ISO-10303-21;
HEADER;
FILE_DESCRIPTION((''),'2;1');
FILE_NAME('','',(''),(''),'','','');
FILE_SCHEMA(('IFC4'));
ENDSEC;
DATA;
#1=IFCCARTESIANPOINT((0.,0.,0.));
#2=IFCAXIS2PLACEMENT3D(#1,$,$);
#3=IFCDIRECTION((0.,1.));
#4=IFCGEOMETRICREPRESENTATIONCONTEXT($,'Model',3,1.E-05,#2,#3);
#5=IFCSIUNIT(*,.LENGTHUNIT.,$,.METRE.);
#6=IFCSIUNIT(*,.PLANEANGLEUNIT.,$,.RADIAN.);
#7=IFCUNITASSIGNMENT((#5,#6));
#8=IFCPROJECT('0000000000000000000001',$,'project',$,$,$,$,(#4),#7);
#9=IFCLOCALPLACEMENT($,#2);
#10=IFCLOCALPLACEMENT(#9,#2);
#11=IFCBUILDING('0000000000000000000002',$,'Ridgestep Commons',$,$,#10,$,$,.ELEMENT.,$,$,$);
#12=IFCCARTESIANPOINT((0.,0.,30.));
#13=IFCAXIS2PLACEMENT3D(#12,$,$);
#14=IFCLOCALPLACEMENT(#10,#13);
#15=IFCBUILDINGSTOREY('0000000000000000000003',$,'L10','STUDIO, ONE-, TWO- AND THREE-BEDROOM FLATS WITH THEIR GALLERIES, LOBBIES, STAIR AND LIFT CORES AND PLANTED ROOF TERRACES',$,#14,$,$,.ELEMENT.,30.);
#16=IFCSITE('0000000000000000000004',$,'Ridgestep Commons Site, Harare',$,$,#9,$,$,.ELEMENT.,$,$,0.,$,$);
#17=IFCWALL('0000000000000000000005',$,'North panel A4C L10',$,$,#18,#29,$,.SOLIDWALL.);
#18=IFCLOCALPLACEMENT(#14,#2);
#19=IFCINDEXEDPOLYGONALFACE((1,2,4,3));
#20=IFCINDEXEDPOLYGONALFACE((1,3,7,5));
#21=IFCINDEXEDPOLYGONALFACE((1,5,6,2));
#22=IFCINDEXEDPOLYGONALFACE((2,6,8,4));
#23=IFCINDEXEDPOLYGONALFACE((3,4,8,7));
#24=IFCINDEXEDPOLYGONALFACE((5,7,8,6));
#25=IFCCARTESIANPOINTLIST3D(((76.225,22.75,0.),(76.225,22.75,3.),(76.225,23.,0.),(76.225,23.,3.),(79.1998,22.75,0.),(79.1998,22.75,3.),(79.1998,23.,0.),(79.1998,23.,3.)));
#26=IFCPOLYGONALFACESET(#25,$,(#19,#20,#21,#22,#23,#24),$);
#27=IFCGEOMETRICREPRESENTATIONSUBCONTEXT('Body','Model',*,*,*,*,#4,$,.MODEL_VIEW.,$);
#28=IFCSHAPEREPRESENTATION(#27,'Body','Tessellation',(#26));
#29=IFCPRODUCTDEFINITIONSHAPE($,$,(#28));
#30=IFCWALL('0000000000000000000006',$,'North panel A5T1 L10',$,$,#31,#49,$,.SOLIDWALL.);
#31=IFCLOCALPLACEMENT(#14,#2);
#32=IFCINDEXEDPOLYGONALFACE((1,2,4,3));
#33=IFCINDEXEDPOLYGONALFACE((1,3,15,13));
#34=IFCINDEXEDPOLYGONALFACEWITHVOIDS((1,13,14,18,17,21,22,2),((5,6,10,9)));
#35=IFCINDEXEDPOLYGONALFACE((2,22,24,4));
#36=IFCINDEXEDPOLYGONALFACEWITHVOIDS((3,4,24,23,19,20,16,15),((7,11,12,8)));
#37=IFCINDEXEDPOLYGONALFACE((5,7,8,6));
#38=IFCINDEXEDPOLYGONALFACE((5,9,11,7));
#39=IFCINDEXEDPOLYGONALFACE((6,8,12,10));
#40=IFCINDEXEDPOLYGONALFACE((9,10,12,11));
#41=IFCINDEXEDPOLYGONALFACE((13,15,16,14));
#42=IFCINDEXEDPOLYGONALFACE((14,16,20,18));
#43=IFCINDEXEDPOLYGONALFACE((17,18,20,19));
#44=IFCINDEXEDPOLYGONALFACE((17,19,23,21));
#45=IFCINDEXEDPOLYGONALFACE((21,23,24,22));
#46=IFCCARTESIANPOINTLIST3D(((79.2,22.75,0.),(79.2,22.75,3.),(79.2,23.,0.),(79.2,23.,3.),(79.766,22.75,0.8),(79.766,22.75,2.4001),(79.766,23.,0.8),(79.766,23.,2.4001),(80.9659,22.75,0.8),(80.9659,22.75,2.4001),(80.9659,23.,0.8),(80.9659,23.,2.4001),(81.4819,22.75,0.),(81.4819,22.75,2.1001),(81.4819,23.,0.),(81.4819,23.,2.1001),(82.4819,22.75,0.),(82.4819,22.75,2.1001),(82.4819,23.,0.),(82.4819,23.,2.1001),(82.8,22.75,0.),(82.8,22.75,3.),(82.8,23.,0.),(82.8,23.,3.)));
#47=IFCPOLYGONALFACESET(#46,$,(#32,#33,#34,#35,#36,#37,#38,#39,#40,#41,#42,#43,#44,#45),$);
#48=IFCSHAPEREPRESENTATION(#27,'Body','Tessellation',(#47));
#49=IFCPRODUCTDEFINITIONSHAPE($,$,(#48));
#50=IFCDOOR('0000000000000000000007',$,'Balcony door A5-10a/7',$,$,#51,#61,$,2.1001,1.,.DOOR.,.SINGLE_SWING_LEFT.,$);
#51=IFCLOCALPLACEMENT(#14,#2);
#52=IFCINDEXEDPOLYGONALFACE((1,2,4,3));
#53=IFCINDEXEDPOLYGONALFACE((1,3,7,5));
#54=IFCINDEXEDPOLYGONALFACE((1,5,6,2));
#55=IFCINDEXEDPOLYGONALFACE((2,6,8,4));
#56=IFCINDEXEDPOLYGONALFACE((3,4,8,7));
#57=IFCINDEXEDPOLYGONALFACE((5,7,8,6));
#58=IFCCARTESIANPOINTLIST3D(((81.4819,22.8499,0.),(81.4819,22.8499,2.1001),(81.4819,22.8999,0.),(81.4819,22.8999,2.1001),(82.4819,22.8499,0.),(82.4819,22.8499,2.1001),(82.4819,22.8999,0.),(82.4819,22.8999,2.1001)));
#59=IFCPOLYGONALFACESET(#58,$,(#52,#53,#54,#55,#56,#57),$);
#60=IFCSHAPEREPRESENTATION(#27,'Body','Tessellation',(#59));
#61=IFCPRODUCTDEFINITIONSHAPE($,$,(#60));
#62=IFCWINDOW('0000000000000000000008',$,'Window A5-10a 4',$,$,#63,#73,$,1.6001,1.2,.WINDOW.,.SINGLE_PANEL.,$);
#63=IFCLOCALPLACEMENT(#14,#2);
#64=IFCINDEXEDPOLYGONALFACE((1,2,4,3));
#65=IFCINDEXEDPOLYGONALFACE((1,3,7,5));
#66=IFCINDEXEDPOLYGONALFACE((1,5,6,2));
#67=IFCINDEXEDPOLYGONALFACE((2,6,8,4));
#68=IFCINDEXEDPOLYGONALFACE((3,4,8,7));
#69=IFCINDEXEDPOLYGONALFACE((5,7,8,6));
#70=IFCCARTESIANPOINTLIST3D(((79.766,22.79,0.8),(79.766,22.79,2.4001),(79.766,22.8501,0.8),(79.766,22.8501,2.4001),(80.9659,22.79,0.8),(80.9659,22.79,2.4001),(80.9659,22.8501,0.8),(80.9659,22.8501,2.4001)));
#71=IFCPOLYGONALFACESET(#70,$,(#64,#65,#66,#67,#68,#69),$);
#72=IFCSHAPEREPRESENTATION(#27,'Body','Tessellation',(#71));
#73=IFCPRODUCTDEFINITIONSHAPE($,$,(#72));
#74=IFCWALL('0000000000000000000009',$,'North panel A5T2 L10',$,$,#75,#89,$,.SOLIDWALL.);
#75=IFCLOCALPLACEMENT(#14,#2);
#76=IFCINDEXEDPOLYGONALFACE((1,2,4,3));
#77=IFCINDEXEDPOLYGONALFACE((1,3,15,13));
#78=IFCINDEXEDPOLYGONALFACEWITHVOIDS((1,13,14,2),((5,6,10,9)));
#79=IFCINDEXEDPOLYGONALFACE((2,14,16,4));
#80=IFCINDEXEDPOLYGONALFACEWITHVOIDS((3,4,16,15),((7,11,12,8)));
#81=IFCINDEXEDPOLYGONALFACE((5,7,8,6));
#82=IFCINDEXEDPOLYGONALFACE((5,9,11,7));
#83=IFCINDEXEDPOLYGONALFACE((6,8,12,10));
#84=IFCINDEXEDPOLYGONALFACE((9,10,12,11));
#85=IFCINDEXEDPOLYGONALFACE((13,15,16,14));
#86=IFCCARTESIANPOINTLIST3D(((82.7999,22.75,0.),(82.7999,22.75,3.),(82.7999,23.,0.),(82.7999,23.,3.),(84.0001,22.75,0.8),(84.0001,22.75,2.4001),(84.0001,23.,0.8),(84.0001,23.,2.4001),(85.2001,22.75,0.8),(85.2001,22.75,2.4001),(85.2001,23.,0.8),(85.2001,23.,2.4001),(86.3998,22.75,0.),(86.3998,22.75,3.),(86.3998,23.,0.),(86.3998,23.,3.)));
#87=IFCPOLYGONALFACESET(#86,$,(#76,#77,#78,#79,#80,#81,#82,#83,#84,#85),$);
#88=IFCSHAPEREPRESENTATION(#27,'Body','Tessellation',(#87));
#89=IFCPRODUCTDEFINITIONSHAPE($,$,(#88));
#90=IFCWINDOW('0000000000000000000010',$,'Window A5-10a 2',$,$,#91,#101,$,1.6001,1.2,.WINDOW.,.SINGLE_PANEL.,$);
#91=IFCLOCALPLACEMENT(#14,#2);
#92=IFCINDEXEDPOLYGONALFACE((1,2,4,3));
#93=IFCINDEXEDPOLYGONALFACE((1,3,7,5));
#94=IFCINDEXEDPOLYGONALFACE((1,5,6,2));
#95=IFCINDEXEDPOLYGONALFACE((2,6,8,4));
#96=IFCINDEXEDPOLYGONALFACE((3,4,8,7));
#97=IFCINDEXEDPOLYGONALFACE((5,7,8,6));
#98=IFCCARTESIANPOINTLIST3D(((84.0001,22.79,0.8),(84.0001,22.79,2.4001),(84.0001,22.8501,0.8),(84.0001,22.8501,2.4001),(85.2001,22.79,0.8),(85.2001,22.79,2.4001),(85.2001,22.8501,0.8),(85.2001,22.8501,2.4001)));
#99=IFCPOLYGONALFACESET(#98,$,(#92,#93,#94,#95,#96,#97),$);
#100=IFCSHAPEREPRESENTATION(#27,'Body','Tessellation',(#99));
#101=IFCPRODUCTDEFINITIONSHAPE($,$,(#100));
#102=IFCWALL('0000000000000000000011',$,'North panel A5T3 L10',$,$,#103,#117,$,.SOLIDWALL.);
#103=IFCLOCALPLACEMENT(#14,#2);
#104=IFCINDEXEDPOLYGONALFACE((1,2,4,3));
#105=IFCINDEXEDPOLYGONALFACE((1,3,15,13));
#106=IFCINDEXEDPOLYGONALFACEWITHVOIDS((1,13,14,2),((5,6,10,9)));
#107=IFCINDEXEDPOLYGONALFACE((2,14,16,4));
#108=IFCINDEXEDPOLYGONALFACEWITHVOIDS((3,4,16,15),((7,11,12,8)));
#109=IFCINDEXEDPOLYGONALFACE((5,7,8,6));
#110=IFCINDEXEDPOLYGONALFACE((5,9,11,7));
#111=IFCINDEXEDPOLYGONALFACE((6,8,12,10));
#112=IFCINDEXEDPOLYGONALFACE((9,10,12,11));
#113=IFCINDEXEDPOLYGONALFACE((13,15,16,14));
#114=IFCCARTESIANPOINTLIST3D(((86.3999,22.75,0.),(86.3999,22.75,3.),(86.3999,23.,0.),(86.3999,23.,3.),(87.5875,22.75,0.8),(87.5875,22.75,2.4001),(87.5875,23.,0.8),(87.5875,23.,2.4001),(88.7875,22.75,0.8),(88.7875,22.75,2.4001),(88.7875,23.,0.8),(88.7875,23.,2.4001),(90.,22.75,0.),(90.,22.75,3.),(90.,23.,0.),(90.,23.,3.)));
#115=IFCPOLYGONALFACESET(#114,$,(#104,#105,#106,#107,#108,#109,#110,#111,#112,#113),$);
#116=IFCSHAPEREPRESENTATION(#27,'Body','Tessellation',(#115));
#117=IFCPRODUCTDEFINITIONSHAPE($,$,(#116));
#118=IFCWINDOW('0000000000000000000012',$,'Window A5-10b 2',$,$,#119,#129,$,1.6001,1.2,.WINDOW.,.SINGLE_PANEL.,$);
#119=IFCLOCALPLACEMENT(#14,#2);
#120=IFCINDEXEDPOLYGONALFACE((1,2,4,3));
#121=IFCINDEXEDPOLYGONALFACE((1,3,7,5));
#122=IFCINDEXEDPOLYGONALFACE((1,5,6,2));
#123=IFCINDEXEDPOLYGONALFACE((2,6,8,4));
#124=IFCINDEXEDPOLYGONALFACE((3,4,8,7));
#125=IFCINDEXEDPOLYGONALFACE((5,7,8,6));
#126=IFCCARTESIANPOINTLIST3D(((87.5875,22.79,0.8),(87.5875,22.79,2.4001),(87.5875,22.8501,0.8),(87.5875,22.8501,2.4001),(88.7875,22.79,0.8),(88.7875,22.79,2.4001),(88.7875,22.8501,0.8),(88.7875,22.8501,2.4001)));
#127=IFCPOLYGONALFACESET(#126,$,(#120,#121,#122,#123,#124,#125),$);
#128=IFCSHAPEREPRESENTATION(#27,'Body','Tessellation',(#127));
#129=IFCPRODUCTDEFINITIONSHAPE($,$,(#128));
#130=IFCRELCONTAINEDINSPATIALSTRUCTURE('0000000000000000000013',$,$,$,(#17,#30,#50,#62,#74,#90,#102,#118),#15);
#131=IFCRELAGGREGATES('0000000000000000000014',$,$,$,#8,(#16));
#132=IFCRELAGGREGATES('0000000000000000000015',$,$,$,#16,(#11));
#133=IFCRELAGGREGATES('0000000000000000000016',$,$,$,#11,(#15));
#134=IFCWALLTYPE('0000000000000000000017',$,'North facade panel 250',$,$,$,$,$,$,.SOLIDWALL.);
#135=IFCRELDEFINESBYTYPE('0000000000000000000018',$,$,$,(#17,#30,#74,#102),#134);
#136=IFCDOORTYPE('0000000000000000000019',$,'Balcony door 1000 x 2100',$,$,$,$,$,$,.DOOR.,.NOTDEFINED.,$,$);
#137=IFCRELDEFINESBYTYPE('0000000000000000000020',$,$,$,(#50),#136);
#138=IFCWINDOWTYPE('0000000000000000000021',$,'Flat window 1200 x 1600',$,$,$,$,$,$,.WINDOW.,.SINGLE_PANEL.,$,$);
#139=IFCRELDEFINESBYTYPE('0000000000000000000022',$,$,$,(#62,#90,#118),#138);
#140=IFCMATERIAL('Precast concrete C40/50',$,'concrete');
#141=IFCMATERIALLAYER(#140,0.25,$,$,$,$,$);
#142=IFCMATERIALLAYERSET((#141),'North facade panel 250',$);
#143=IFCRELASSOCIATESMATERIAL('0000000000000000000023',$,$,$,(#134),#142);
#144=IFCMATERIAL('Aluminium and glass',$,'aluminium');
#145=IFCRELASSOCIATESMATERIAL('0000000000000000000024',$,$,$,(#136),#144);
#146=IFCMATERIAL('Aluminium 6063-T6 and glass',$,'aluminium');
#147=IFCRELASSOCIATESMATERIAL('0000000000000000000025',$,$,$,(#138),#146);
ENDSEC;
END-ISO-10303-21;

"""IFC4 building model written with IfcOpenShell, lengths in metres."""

from ifc_helpers import new_model, si_unit, direction, frame, frame_2d, origin, place, context, subcontext, project, spatial, rectangle, extrude, material, layer, layer_set, type_object, element, fill, save


model = new_model("IFC4")

# Units and contexts
model_context = context("Model", 3, precision=1e-05, world=origin(), true_north=direction((0.0, 1.0)))
body_context = subcontext(model_context, "Body", "Model", "MODEL_VIEW")
ifc_project = project(units=[si_unit("LENGTHUNIT", "METRE"), si_unit("PLANEANGLEUNIT", "RADIAN")], contexts=[model_context])

# Site, building, storey
site_placement = place(None, origin())
site = spatial("IfcSite", under=ifc_project, at=site_placement, Name="Ridgestep Commons Site, Harare", CompositionType="ELEMENT", RefElevation=0.0)
building_placement = place(site_placement, origin())
building = spatial("IfcBuilding", under=site, at=building_placement, Name="Ridgestep Commons", CompositionType="ELEMENT")
storey_placement = place(building_placement, frame((0.0, 0.0, 30.0)))
storey = spatial("IfcBuildingStorey", under=building, at=storey_placement, Name="L10", Description="STUDIO, ONE-, TWO- AND THREE-BEDROOM FLATS WITH THEIR GALLERIES, LOBBIES, STAIR AND LIFT CORES AND PLANTED ROOF TERRACES", CompositionType="ELEMENT", Elevation=30.0)

# Wall
ifc_material_1 = material(Name="Precast concrete C40/50", Category="concrete")
ifc_layer_1 = layer(ifc_material_1, 0.25)
ifc_layer_set_1 = layer_set([ifc_layer_1], Name="North facade panel 250")
wall_type = type_object("IfcWallType", Name="North facade panel 250", PredefinedType="SOLIDWALL", material=ifc_layer_set_1)
wall_1_placement = place(storey_placement, frame((76.2251, 22.875, 0.0), z_axis=(0.0, 0.0, 1.0), x_axis=(1.0, 0.0, 0.0)))
element("IfcWall", 1, at=wall_1_placement, inside=storey, type_object=wall_type, Name="North panel A4C L10", PredefinedType="SOLIDWALL", context=body_context, shape_type="SweptSolid", body=[
    extrude(rectangle(XDim=2.9749, YDim=0.25, at=frame_2d((1.4873, 0.0))), origin(), (0.0, 0.0, 1.0), 3.0),
])

# Wall, openings, door, window
wall_2_placement = place(storey_placement, frame((79.2, 22.875, 0.0), z_axis=(0.0, 0.0, 1.0), x_axis=(1.0, 0.0, 0.0)))
wall_2 = element("IfcWall", 2, at=wall_2_placement, inside=storey, type_object=wall_type, Name="North panel A5T1 L10", PredefinedType="SOLIDWALL", context=body_context, shape_type="SweptSolid", body=[
    extrude(rectangle(XDim=3.6001, YDim=0.25, at=frame_2d((1.8, 0.0))), origin(), (0.0, 0.0, 1.0), 3.0),
])
opening_1_placement = place(wall_2_placement, frame((0.5659, 0.0, 0.8)))
opening_1 = element("IfcOpeningElement", 3, at=opening_1_placement, cuts=wall_2, PredefinedType="OPENING", context=body_context, shape_type="SweptSolid", body=[
    extrude(rectangle(XDim=1.2, YDim=1.6001, at=frame_2d((0.6001, 0.8))), frame((0.0, 0.135, 0.0), z_axis=(0.0, -1.0, 0.0), x_axis=(1.0, 0.0, 0.0)), (0.0, 0.0, 1.0), 0.27),
])
opening_2_placement = place(wall_2_placement, frame((2.282, 0.0, 0.0)))
opening_2 = element("IfcOpeningElement", 4, at=opening_2_placement, cuts=wall_2, PredefinedType="OPENING", context=body_context, shape_type="SweptSolid", body=[
    extrude(rectangle(XDim=1.0, YDim=2.1001, at=frame_2d((0.5, 1.05))), frame((0.0, 0.135, 0.0), z_axis=(0.0, -1.0, 0.0), x_axis=(1.0, 0.0, 0.0)), (0.0, 0.0, 1.0), 0.27),
])
ifc_material_2 = material(Name="Aluminium and glass", Category="aluminium")
door_type = type_object("IfcDoorType", Name="Balcony door 1000 x 2100", OperationType="NOTDEFINED", PredefinedType="DOOR", material=ifc_material_2)
door_placement = place(opening_2_placement, origin())
door = element("IfcDoor", 5, at=door_placement, inside=storey, type_object=door_type, Name="Balcony door A5-10a/7", OperationType="SINGLE_SWING_LEFT", OverallHeight=2.1001, OverallWidth=1.0, PredefinedType="DOOR", context=body_context, shape_type="SweptSolid", body=[
    extrude(rectangle(XDim=1.0, YDim=2.1001, at=frame_2d((0.5, 1.05))), frame((0.0, 0.0249, 0.0), z_axis=(0.0, -1.0, 0.0), x_axis=(1.0, 0.0, 0.0)), (0.0, 0.0, 1.0), 0.05),
])
fill(opening_2, door)
ifc_material_3 = material(Name="Aluminium 6063-T6 and glass", Category="aluminium")
window_type = type_object("IfcWindowType", Name="Flat window 1200 x 1600", PartitioningType="SINGLE_PANEL", PredefinedType="WINDOW", material=ifc_material_3)
window_1_placement = place(opening_1_placement, origin())
window_1 = element("IfcWindow", 6, at=window_1_placement, inside=storey, type_object=window_type, Name="Window A5-10a 4", OverallHeight=1.6001, OverallWidth=1.2, PartitioningType="SINGLE_PANEL", PredefinedType="WINDOW", context=body_context, shape_type="SweptSolid", body=[
    extrude(rectangle(XDim=1.2, YDim=1.6001, at=frame_2d((0.6001, 0.8))), frame((0.0, -0.0249, 0.0), z_axis=(0.0, -1.0, 0.0), x_axis=(1.0, 0.0, 0.0)), (0.0, 0.0, 1.0), 0.0601),
])
fill(opening_1, window_1)

# Walls, openings, windows
wall_3_placement = place(storey_placement, frame((82.8, 22.875, 0.0), z_axis=(0.0, 0.0, 1.0), x_axis=(1.0, 0.0, 0.0)))
wall_3 = element("IfcWall", 7, at=wall_3_placement, inside=storey, type_object=wall_type, Name="North panel A5T2 L10", PredefinedType="SOLIDWALL", context=body_context, shape_type="SweptSolid", body=[
    extrude(rectangle(XDim=3.5999, YDim=0.25, at=frame_2d((1.7998, 0.0))), origin(), (0.0, 0.0, 1.0), 3.0),
])
opening_3_placement = place(wall_3_placement, frame((1.2, 0.0, 0.8)))
opening_3 = element("IfcOpeningElement", 8, at=opening_3_placement, cuts=wall_3, PredefinedType="OPENING", context=body_context, shape_type="SweptSolid", body=[
    extrude(rectangle(XDim=1.2, YDim=1.6001, at=frame_2d((0.6001, 0.8))), frame((0.0, 0.135, 0.0), z_axis=(0.0, -1.0, 0.0), x_axis=(1.0, 0.0, 0.0)), (0.0, 0.0, 1.0), 0.27),
])
window_2_placement = place(opening_3_placement, origin())
window_2 = element("IfcWindow", 9, at=window_2_placement, inside=storey, type_object=window_type, Name="Window A5-10a 2", OverallHeight=1.6001, OverallWidth=1.2, PartitioningType="SINGLE_PANEL", PredefinedType="WINDOW", context=body_context, shape_type="SweptSolid", body=[
    extrude(rectangle(XDim=1.2, YDim=1.6001, at=frame_2d((0.6001, 0.8))), frame((0.0, -0.0249, 0.0), z_axis=(0.0, -1.0, 0.0), x_axis=(1.0, 0.0, 0.0)), (0.0, 0.0, 1.0), 0.0601),
])
fill(opening_3, window_2)
wall_4_placement = place(storey_placement, frame((86.3999, 22.875, 0.0), z_axis=(0.0, 0.0, 1.0), x_axis=(1.0, 0.0, 0.0)))
wall_4 = element("IfcWall", 10, at=wall_4_placement, inside=storey, type_object=wall_type, Name="North panel A5T3 L10", PredefinedType="SOLIDWALL", context=body_context, shape_type="SweptSolid", body=[
    extrude(rectangle(XDim=3.6001, YDim=0.25, at=frame_2d((1.8, 0.0))), origin(), (0.0, 0.0, 1.0), 3.0),
])
opening_4_placement = place(wall_4_placement, frame((1.1875, 0.0, 0.8)))
opening_4 = element("IfcOpeningElement", 11, at=opening_4_placement, cuts=wall_4, PredefinedType="OPENING", context=body_context, shape_type="SweptSolid", body=[
    extrude(rectangle(XDim=1.2, YDim=1.6001, at=frame_2d((0.6001, 0.8))), frame((0.0, 0.135, 0.0), z_axis=(0.0, -1.0, 0.0), x_axis=(1.0, 0.0, 0.0)), (0.0, 0.0, 1.0), 0.27),
])
window_3_placement = place(opening_4_placement, origin())
window_3 = element("IfcWindow", 12, at=window_3_placement, inside=storey, type_object=window_type, Name="Window A5-10b 2", OverallHeight=1.6001, OverallWidth=1.2, PartitioningType="SINGLE_PANEL", PredefinedType="WINDOW", context=body_context, shape_type="SweptSolid", body=[
    extrude(rectangle(XDim=1.2, YDim=1.6001, at=frame_2d((0.6001, 0.8))), frame((0.0, -0.0249, 0.0), z_axis=(0.0, -1.0, 0.0), x_axis=(1.0, 0.0, 0.0)), (0.0, 0.0, 1.0), 0.0601),
])
fill(opening_4, window_3)

save(model, "model.ifc")
